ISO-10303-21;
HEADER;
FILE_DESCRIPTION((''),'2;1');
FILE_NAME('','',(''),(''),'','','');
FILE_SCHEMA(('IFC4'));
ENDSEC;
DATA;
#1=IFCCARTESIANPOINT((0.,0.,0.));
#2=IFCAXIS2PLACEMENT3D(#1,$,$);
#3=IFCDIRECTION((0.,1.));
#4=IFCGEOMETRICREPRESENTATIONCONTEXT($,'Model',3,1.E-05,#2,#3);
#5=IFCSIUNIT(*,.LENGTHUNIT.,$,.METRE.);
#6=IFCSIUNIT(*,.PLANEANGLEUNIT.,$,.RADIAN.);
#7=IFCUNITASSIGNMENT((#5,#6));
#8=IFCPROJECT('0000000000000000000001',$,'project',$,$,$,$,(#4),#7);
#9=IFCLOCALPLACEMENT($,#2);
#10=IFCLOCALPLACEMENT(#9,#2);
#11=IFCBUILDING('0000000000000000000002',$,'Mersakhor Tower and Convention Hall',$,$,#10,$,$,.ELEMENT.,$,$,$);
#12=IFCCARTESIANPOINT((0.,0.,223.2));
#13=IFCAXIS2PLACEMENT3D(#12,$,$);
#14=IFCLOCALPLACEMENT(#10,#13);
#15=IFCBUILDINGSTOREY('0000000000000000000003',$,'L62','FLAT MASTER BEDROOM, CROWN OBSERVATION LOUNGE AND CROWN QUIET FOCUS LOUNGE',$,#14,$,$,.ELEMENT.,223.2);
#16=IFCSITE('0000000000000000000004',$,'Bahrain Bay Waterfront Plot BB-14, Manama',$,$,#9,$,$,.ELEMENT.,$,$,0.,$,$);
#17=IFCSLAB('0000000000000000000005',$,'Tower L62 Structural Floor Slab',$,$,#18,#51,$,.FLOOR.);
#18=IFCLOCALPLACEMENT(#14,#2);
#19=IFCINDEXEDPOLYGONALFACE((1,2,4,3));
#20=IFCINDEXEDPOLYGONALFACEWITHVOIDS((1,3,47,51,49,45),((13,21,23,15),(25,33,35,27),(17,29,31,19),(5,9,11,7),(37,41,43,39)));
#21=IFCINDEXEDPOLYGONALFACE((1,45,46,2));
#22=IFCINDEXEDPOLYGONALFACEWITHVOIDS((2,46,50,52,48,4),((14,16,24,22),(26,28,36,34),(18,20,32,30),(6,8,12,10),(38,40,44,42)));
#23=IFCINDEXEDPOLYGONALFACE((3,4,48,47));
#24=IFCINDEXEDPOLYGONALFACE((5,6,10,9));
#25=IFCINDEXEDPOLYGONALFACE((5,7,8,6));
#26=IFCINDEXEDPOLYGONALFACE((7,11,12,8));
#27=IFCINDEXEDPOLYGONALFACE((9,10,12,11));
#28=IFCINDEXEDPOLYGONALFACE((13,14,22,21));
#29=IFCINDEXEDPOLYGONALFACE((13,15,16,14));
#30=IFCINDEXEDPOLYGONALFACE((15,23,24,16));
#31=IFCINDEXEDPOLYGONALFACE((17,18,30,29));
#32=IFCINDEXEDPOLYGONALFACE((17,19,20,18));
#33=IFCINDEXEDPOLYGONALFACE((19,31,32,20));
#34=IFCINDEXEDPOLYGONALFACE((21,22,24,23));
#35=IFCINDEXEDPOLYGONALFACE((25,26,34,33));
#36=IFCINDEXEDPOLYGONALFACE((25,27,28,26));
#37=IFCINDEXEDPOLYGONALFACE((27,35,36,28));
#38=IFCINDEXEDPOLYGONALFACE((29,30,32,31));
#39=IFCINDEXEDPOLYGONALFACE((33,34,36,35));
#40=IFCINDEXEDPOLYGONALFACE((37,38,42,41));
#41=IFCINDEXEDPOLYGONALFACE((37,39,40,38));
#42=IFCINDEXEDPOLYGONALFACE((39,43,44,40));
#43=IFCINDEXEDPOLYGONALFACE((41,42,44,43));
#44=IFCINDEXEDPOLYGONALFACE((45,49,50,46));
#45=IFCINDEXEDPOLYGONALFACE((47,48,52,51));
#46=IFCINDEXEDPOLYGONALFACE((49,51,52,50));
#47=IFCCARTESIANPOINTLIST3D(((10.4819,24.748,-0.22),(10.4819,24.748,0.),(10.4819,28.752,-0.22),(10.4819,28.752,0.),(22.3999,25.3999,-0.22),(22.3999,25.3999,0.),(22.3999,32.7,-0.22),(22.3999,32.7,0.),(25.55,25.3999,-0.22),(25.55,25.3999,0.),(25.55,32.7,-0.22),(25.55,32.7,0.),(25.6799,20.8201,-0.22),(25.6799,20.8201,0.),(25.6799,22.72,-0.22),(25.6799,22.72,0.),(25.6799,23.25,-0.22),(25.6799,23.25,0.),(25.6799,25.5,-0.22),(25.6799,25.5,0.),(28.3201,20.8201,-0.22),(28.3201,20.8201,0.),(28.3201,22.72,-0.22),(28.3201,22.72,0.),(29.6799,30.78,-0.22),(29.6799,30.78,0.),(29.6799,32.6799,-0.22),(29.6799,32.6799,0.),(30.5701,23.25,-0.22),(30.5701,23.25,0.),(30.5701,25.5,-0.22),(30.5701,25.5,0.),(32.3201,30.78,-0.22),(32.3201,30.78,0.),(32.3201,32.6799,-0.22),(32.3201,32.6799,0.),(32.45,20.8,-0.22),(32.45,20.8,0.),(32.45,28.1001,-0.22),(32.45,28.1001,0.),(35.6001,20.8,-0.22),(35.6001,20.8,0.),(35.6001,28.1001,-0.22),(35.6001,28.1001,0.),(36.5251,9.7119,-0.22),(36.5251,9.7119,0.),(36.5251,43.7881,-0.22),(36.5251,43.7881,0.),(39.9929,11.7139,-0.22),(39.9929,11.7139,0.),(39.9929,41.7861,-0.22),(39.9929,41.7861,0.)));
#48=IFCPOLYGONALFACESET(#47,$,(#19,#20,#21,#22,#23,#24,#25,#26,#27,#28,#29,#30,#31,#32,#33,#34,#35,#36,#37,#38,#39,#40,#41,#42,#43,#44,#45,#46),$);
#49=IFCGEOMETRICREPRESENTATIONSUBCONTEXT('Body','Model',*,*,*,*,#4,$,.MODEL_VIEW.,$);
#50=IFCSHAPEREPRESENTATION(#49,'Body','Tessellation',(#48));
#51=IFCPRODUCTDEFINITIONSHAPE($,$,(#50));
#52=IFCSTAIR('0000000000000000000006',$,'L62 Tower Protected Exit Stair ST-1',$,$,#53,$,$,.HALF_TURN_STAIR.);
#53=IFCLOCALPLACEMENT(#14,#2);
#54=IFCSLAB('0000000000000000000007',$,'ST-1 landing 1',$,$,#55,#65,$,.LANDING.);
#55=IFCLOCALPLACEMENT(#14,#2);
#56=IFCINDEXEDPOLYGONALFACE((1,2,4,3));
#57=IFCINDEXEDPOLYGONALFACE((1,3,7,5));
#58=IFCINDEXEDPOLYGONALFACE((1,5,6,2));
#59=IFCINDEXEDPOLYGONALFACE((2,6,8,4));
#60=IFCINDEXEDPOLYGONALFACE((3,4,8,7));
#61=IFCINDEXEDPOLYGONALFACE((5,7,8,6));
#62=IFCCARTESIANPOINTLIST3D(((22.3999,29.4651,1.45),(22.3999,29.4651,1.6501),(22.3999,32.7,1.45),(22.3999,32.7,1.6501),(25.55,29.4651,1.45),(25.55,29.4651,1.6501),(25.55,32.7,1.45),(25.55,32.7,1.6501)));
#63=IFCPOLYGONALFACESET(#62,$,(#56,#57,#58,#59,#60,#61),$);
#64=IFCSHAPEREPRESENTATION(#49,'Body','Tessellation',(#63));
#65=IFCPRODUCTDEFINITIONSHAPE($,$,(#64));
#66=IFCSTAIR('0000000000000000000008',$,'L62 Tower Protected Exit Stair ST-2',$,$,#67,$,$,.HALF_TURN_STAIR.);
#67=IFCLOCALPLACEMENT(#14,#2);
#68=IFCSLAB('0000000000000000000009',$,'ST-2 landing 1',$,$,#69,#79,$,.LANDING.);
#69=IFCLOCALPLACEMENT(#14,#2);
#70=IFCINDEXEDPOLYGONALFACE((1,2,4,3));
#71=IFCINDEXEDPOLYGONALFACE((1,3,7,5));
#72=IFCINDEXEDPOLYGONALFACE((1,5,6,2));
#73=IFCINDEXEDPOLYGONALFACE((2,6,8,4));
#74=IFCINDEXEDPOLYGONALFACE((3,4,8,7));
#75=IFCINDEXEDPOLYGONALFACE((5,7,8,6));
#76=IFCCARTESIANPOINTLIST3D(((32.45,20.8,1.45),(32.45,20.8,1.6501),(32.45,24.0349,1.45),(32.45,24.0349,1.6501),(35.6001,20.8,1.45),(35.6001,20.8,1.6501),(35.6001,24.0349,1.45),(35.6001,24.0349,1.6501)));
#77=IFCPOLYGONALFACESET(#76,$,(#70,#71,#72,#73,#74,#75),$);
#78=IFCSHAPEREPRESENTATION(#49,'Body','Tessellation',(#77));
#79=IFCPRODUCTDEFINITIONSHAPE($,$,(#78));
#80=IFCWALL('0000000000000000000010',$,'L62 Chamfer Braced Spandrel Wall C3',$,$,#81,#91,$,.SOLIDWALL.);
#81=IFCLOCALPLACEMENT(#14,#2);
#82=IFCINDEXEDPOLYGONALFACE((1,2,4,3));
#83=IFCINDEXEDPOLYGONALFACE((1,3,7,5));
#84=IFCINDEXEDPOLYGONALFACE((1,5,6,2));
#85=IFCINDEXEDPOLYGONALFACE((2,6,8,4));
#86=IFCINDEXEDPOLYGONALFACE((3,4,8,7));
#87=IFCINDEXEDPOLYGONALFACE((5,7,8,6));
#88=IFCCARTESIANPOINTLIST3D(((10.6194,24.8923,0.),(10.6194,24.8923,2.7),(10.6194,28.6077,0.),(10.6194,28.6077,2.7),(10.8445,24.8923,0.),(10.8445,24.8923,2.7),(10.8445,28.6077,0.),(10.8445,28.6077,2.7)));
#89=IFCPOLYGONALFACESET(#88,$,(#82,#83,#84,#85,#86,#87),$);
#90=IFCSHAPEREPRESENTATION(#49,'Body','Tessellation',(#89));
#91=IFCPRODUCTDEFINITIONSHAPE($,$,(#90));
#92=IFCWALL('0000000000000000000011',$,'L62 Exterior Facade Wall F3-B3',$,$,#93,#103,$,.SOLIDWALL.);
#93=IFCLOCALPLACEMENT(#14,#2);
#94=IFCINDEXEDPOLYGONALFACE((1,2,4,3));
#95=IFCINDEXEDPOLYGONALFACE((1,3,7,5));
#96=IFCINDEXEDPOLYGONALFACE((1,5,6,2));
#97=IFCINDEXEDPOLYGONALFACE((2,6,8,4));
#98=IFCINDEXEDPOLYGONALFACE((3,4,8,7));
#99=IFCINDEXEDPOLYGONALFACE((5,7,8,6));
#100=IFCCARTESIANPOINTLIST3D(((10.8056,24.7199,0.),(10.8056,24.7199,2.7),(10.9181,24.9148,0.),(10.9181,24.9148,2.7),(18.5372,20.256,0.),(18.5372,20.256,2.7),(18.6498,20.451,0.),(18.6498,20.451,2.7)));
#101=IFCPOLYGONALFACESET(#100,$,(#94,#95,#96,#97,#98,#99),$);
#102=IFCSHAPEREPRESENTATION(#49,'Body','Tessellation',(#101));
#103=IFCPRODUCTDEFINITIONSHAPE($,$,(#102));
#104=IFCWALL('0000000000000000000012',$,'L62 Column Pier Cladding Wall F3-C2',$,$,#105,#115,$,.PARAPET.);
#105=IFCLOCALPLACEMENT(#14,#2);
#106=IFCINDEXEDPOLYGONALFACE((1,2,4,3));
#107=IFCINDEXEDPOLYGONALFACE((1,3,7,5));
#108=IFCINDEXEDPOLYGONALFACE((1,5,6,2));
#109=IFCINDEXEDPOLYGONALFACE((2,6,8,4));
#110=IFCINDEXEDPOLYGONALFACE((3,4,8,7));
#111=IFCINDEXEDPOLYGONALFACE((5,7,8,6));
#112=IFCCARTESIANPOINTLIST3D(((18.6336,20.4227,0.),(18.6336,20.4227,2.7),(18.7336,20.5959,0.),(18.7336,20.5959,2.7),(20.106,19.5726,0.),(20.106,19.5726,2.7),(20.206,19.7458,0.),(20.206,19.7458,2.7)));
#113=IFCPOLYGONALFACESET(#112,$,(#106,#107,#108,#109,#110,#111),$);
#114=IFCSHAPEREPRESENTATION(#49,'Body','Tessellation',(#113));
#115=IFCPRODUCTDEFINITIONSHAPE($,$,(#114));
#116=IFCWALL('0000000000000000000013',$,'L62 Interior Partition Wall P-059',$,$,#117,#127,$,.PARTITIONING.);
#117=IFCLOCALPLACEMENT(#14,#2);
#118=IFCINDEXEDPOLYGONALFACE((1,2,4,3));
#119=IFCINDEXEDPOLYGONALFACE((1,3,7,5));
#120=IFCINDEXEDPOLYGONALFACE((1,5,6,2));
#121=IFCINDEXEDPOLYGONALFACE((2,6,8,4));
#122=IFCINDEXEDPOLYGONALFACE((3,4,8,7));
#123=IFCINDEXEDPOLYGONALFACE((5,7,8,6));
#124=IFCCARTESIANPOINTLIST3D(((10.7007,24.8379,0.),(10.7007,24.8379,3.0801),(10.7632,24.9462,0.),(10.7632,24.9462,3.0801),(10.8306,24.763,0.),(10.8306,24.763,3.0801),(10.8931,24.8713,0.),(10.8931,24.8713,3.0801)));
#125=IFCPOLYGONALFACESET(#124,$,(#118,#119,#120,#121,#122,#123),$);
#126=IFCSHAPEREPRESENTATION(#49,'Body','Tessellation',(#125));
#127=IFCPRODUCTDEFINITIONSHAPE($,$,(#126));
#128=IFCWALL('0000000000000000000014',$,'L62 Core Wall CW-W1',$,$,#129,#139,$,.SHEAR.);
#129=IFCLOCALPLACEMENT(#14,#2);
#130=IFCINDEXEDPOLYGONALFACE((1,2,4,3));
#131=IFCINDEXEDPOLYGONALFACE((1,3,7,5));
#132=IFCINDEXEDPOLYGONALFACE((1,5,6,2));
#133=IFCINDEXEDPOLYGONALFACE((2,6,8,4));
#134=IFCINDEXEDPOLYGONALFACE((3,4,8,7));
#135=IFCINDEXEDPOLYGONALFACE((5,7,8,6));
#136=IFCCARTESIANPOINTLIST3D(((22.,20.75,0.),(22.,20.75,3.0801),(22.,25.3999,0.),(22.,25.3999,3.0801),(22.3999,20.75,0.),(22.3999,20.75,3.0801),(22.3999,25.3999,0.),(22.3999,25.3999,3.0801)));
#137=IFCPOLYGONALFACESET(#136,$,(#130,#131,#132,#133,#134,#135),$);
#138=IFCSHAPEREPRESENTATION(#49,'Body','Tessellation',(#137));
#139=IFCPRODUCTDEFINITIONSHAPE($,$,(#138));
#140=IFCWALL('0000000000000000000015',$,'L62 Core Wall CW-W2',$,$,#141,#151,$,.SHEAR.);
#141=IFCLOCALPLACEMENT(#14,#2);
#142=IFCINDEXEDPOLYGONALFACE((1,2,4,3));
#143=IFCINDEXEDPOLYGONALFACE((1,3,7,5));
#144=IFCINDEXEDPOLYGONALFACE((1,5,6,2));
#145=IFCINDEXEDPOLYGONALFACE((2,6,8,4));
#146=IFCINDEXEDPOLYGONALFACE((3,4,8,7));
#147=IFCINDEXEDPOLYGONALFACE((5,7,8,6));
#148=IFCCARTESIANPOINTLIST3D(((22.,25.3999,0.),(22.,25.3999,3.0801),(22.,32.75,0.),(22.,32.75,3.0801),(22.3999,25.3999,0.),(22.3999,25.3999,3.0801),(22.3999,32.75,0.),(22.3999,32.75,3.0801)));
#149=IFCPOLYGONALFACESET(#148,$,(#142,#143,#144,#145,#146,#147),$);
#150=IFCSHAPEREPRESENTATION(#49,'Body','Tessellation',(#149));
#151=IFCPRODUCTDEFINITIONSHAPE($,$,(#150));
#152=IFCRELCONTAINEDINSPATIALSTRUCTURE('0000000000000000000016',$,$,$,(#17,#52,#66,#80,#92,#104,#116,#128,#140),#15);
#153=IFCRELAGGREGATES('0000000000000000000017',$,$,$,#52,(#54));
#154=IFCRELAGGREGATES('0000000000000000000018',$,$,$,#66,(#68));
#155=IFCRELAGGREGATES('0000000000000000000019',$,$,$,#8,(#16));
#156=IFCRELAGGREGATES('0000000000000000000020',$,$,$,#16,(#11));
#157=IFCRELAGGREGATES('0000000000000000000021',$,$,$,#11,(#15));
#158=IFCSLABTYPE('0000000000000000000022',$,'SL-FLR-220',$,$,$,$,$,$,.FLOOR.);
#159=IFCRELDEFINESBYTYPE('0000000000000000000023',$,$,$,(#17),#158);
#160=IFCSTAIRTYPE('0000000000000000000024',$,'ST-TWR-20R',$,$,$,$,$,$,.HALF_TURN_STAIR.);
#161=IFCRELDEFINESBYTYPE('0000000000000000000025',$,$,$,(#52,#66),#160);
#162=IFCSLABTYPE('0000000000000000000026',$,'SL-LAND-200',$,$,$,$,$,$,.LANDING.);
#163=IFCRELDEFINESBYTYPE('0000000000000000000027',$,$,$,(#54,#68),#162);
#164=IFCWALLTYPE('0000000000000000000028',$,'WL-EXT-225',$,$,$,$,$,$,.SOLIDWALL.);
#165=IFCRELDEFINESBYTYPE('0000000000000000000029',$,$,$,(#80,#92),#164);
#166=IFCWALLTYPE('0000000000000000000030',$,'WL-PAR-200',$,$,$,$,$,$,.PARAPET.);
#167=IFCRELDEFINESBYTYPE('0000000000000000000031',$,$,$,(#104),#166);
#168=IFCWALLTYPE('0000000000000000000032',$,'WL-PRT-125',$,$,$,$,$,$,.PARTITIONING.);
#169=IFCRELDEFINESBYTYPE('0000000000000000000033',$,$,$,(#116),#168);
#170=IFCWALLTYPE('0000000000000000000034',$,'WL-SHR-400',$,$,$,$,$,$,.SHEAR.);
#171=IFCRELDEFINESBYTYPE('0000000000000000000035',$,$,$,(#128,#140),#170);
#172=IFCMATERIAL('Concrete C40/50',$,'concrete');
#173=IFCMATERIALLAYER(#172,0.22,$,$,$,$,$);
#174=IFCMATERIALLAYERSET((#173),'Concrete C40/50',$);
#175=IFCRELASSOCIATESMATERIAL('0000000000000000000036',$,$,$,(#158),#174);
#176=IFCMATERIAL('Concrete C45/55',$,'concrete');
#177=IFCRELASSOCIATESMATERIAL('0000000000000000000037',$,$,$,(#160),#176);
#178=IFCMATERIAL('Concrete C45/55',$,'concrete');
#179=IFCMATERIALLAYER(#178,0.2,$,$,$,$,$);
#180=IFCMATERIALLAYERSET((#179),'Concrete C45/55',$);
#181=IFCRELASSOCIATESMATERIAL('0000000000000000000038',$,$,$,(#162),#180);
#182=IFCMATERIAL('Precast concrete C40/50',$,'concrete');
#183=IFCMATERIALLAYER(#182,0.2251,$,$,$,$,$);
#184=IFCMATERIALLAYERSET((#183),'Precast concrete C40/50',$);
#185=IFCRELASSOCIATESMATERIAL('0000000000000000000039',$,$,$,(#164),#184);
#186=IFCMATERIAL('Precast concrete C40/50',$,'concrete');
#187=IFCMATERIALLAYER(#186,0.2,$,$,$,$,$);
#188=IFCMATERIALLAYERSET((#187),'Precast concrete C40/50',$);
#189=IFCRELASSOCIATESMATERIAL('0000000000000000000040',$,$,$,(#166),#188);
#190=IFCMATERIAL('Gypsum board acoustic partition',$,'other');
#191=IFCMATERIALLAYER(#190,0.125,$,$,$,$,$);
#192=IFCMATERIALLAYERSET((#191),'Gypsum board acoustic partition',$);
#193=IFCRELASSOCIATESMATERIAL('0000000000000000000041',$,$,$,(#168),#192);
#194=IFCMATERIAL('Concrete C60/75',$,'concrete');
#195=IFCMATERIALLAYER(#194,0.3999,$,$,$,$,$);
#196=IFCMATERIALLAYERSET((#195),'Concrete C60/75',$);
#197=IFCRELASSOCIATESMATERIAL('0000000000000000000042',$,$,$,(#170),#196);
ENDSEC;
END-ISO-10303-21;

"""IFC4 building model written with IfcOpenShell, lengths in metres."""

from ifc_helpers import new_model, si_unit, direction, frame, frame_2d, origin, place, context, subcontext, project, spatial, polyline, rectangle, outline, extrude, material, layer, layer_set, type_object, element, aggregate, save


model = new_model("IFC4")

# Units and contexts
model_context = context("Model", 3, precision=1e-05, world=origin(), true_north=direction((0.0, 1.0)))
body_context = subcontext(model_context, "Body", "Model", "MODEL_VIEW")
ifc_project = project(units=[si_unit("LENGTHUNIT", "METRE"), si_unit("PLANEANGLEUNIT", "RADIAN")], contexts=[model_context])

# Site, building, storey
site_placement = place(None, origin())
site = spatial("IfcSite", under=ifc_project, at=site_placement, Name="Bahrain Bay Waterfront Plot BB-14, Manama", CompositionType="ELEMENT", RefElevation=0.0)
building_placement = place(site_placement, origin())
building = spatial("IfcBuilding", under=site, at=building_placement, Name="Mersakhor Tower and Convention Hall", CompositionType="ELEMENT")
storey_placement = place(building_placement, frame((0.0, 0.0, 223.2)))
storey = spatial("IfcBuildingStorey", under=building, at=storey_placement, Name="L62", Description="FLAT MASTER BEDROOM, CROWN OBSERVATION LOUNGE AND CROWN QUIET FOCUS LOUNGE", CompositionType="ELEMENT", Elevation=223.2)

# Slab
ifc_material_1 = material(Name="Concrete C40/50", Category="concrete")
ifc_layer_1 = layer(ifc_material_1, 0.22)
ifc_layer_set_1 = layer_set([ifc_layer_1], Name="Concrete C40/50")
slab_type_1 = type_object("IfcSlabType", Name="SL-FLR-220", PredefinedType="FLOOR", material=ifc_layer_set_1)
slab_1_placement = place(storey_placement, frame((0.0, 0.0, -0.22)))
element("IfcSlab", 1, at=slab_1_placement, inside=storey, type_object=slab_type_1, Name="Tower L62 Structural Floor Slab", PredefinedType="FLOOR", context=body_context, shape_type="SweptSolid", body=[
    extrude(outline(polyline([(10.4819, 28.752), (36.5251, 43.7881), (39.9929, 41.7861), (39.9929, 11.7139), (36.5251, 9.7119), (10.4819, 24.748), (10.4819, 28.752)]), holes=[polyline([(25.55, 25.3999), (25.55, 32.7), (22.3999, 32.7), (22.3999, 25.3999), (25.55, 25.3999)]), polyline([(32.45, 28.1001), (32.45, 20.8), (35.6001, 20.8), (35.6001, 28.1001), (32.45, 28.1001)]), polyline([(25.6799, 20.8201), (25.6799, 22.72), (28.3201, 22.72), (28.3201, 20.8201), (25.6799, 20.8201)]), polyline([(29.6799, 30.78), (29.6799, 32.6799), (32.3201, 32.6799), (32.3201, 30.78), (29.6799, 30.78)]), polyline([(25.6799, 23.25), (25.6799, 25.5), (30.5701, 25.5), (30.5701, 23.25), (25.6799, 23.25)])]), origin(), (0.0, 0.0, 1.0), 0.22),
])

# Stairs, slabs
ifc_material_2 = material(Name="Concrete C45/55", Category="concrete")
stair_type = type_object("IfcStairType", Name="ST-TWR-20R", PredefinedType="HALF_TURN_STAIR", material=ifc_material_2)
stair_1_placement = place(storey_placement, origin())
stair_1 = element("IfcStair", 2, at=stair_1_placement, inside=storey, type_object=stair_type, Name="L62 Tower Protected Exit Stair ST-1", PredefinedType="HALF_TURN_STAIR")
ifc_material_3 = material(Name="Concrete C45/55", Category="concrete")
ifc_layer_2 = layer(ifc_material_3, 0.2)
ifc_layer_set_2 = layer_set([ifc_layer_2], Name="Concrete C45/55")
slab_type_2 = type_object("IfcSlabType", Name="SL-LAND-200", PredefinedType="LANDING", material=ifc_layer_set_2)
slab_2_placement = place(storey_placement, frame((0.0, 0.0, 1.45)))
slab_2 = element("IfcSlab", 3, at=slab_2_placement, type_object=slab_type_2, Name="ST-1 landing 1", PredefinedType="LANDING", context=body_context, shape_type="SweptSolid", body=[
    extrude(outline(polyline([(25.55, 29.4651), (25.55, 32.7), (22.3999, 32.7), (22.3999, 29.4651), (25.55, 29.4651)])), origin(), (0.0, 0.0, 1.0), 0.2002),
])
aggregate(stair_1, [slab_2])
stair_2_placement = place(storey_placement, origin())
stair_2 = element("IfcStair", 4, at=stair_2_placement, inside=storey, type_object=stair_type, Name="L62 Tower Protected Exit Stair ST-2", PredefinedType="HALF_TURN_STAIR")
slab_3_placement = place(storey_placement, frame((0.0, 0.0, 1.45)))
slab_3 = element("IfcSlab", 5, at=slab_3_placement, type_object=slab_type_2, Name="ST-2 landing 1", PredefinedType="LANDING", context=body_context, shape_type="SweptSolid", body=[
    extrude(outline(polyline([(32.45, 24.0349), (32.45, 20.8), (35.6001, 20.8), (35.6001, 24.0349), (32.45, 24.0349)])), origin(), (0.0, 0.0, 1.0), 0.2002),
])
aggregate(stair_2, [slab_3])

# Walls
ifc_material_4 = material(Name="Precast concrete C40/50", Category="concrete")
ifc_layer_3 = layer(ifc_material_4, 0.2251)
ifc_layer_set_3 = layer_set([ifc_layer_3], Name="Precast concrete C40/50")
wall_type_1 = type_object("IfcWallType", Name="WL-EXT-225", PredefinedType="SOLIDWALL", material=ifc_layer_set_3)
wall_1_placement = place(storey_placement, frame((10.7319, 24.8923, 0.0), z_axis=(0.0, 0.0, 1.0), x_axis=(0.0, 1.0, 0.0)))
element("IfcWall", 6, at=wall_1_placement, inside=storey, type_object=wall_type_1, Name="L62 Chamfer Braced Spandrel Wall C3", PredefinedType="SOLIDWALL", context=body_context, shape_type="SweptSolid", body=[
    extrude(rectangle(XDim=3.7153, YDim=0.2251, at=frame_2d((1.8577, 0.0))), origin(), (0.0, 0.0, 1.0), 2.7),
])
wall_2_placement = place(storey_placement, frame((18.5935, 20.3535, 0.0), z_axis=(0.0, 0.0, 1.0), x_axis=(-0.866027, 0.499998, 0.0)))
element("IfcWall", 7, at=wall_2_placement, inside=storey, type_object=wall_type_1, Name="L62 Exterior Facade Wall F3-B3", PredefinedType="SOLIDWALL", context=body_context, shape_type="SweptSolid", body=[
    extrude(rectangle(XDim=8.9277, YDim=0.2251, at=frame_2d((4.4639, 0.0))), origin(), (0.0, 0.0, 1.0), 2.7),
])
ifc_material_5 = material(Name="Precast concrete C40/50", Category="concrete")
ifc_layer_4 = layer(ifc_material_5, 0.2)
ifc_layer_set_4 = layer_set([ifc_layer_4], Name="Precast concrete C40/50")
wall_type_2 = type_object("IfcWallType", Name="WL-PAR-200", PredefinedType="PARAPET", material=ifc_layer_set_4)
wall_3_placement = place(storey_placement, frame((20.156, 19.6592, 0.0), z_axis=(0.0, 0.0, 1.0), x_axis=(-0.866025, 0.5, 0.0)))
element("IfcWall", 8, at=wall_3_placement, inside=storey, type_object=wall_type_2, Name="L62 Column Pier Cladding Wall F3-C2", PredefinedType="PARAPET", context=body_context, shape_type="SweptSolid", body=[
    extrude(rectangle(XDim=1.7002, YDim=0.2, at=frame_2d((0.8501, 0.0))), origin(), (0.0, 0.0, 1.0), 2.7),
])
ifc_material_6 = material(Name="Gypsum board acoustic partition", Category="other")
ifc_layer_5 = layer(ifc_material_6, 0.125)
ifc_layer_set_5 = layer_set([ifc_layer_5], Name="Gypsum board acoustic partition")
wall_type_3 = type_object("IfcWallType", Name="WL-PRT-125", PredefinedType="PARTITIONING", material=ifc_layer_set_5)
wall_4_placement = place(storey_placement, frame((10.8618, 24.8171, 0.0), z_axis=(0.0, 0.0, 1.0), x_axis=(-0.866131, 0.499816, 0.0)))
element("IfcWall", 9, at=wall_4_placement, inside=storey, type_object=wall_type_3, Name="L62 Interior Partition Wall P-059", PredefinedType="PARTITIONING", context=body_context, shape_type="SweptSolid", body=[
    extrude(rectangle(XDim=0.1499, YDim=0.125, at=frame_2d((0.075, 0.0))), origin(), (0.0, 0.0, 1.0), 3.0801),
])
ifc_material_7 = material(Name="Concrete C60/75", Category="concrete")
ifc_layer_6 = layer(ifc_material_7, 0.3999)
ifc_layer_set_6 = layer_set([ifc_layer_6], Name="Concrete C60/75")
wall_type_4 = type_object("IfcWallType", Name="WL-SHR-400", PredefinedType="SHEAR", material=ifc_layer_set_6)
wall_5_placement = place(storey_placement, frame((22.2, 20.75, 0.0), z_axis=(0.0, 0.0, 1.0), x_axis=(0.0, 1.0, 0.0)))
element("IfcWall", 10, at=wall_5_placement, inside=storey, type_object=wall_type_4, Name="L62 Core Wall CW-W1", PredefinedType="SHEAR", context=body_context, shape_type="SweptSolid", body=[
    extrude(rectangle(XDim=4.6499, YDim=0.3999, at=frame_2d((2.325, 0.0))), origin(), (0.0, 0.0, 1.0), 3.0801),
])
wall_6_placement = place(storey_placement, frame((22.2, 25.3999, 0.0), z_axis=(0.0, 0.0, 1.0), x_axis=(0.0, 1.0, 0.0)))
element("IfcWall", 11, at=wall_6_placement, inside=storey, type_object=wall_type_4, Name="L62 Core Wall CW-W2", PredefinedType="SHEAR", context=body_context, shape_type="SweptSolid", body=[
    extrude(rectangle(XDim=7.3501, YDim=0.3999, at=frame_2d((3.675, 0.0))), origin(), (0.0, 0.0, 1.0), 3.0801),
])

save(model, "model.ifc")
